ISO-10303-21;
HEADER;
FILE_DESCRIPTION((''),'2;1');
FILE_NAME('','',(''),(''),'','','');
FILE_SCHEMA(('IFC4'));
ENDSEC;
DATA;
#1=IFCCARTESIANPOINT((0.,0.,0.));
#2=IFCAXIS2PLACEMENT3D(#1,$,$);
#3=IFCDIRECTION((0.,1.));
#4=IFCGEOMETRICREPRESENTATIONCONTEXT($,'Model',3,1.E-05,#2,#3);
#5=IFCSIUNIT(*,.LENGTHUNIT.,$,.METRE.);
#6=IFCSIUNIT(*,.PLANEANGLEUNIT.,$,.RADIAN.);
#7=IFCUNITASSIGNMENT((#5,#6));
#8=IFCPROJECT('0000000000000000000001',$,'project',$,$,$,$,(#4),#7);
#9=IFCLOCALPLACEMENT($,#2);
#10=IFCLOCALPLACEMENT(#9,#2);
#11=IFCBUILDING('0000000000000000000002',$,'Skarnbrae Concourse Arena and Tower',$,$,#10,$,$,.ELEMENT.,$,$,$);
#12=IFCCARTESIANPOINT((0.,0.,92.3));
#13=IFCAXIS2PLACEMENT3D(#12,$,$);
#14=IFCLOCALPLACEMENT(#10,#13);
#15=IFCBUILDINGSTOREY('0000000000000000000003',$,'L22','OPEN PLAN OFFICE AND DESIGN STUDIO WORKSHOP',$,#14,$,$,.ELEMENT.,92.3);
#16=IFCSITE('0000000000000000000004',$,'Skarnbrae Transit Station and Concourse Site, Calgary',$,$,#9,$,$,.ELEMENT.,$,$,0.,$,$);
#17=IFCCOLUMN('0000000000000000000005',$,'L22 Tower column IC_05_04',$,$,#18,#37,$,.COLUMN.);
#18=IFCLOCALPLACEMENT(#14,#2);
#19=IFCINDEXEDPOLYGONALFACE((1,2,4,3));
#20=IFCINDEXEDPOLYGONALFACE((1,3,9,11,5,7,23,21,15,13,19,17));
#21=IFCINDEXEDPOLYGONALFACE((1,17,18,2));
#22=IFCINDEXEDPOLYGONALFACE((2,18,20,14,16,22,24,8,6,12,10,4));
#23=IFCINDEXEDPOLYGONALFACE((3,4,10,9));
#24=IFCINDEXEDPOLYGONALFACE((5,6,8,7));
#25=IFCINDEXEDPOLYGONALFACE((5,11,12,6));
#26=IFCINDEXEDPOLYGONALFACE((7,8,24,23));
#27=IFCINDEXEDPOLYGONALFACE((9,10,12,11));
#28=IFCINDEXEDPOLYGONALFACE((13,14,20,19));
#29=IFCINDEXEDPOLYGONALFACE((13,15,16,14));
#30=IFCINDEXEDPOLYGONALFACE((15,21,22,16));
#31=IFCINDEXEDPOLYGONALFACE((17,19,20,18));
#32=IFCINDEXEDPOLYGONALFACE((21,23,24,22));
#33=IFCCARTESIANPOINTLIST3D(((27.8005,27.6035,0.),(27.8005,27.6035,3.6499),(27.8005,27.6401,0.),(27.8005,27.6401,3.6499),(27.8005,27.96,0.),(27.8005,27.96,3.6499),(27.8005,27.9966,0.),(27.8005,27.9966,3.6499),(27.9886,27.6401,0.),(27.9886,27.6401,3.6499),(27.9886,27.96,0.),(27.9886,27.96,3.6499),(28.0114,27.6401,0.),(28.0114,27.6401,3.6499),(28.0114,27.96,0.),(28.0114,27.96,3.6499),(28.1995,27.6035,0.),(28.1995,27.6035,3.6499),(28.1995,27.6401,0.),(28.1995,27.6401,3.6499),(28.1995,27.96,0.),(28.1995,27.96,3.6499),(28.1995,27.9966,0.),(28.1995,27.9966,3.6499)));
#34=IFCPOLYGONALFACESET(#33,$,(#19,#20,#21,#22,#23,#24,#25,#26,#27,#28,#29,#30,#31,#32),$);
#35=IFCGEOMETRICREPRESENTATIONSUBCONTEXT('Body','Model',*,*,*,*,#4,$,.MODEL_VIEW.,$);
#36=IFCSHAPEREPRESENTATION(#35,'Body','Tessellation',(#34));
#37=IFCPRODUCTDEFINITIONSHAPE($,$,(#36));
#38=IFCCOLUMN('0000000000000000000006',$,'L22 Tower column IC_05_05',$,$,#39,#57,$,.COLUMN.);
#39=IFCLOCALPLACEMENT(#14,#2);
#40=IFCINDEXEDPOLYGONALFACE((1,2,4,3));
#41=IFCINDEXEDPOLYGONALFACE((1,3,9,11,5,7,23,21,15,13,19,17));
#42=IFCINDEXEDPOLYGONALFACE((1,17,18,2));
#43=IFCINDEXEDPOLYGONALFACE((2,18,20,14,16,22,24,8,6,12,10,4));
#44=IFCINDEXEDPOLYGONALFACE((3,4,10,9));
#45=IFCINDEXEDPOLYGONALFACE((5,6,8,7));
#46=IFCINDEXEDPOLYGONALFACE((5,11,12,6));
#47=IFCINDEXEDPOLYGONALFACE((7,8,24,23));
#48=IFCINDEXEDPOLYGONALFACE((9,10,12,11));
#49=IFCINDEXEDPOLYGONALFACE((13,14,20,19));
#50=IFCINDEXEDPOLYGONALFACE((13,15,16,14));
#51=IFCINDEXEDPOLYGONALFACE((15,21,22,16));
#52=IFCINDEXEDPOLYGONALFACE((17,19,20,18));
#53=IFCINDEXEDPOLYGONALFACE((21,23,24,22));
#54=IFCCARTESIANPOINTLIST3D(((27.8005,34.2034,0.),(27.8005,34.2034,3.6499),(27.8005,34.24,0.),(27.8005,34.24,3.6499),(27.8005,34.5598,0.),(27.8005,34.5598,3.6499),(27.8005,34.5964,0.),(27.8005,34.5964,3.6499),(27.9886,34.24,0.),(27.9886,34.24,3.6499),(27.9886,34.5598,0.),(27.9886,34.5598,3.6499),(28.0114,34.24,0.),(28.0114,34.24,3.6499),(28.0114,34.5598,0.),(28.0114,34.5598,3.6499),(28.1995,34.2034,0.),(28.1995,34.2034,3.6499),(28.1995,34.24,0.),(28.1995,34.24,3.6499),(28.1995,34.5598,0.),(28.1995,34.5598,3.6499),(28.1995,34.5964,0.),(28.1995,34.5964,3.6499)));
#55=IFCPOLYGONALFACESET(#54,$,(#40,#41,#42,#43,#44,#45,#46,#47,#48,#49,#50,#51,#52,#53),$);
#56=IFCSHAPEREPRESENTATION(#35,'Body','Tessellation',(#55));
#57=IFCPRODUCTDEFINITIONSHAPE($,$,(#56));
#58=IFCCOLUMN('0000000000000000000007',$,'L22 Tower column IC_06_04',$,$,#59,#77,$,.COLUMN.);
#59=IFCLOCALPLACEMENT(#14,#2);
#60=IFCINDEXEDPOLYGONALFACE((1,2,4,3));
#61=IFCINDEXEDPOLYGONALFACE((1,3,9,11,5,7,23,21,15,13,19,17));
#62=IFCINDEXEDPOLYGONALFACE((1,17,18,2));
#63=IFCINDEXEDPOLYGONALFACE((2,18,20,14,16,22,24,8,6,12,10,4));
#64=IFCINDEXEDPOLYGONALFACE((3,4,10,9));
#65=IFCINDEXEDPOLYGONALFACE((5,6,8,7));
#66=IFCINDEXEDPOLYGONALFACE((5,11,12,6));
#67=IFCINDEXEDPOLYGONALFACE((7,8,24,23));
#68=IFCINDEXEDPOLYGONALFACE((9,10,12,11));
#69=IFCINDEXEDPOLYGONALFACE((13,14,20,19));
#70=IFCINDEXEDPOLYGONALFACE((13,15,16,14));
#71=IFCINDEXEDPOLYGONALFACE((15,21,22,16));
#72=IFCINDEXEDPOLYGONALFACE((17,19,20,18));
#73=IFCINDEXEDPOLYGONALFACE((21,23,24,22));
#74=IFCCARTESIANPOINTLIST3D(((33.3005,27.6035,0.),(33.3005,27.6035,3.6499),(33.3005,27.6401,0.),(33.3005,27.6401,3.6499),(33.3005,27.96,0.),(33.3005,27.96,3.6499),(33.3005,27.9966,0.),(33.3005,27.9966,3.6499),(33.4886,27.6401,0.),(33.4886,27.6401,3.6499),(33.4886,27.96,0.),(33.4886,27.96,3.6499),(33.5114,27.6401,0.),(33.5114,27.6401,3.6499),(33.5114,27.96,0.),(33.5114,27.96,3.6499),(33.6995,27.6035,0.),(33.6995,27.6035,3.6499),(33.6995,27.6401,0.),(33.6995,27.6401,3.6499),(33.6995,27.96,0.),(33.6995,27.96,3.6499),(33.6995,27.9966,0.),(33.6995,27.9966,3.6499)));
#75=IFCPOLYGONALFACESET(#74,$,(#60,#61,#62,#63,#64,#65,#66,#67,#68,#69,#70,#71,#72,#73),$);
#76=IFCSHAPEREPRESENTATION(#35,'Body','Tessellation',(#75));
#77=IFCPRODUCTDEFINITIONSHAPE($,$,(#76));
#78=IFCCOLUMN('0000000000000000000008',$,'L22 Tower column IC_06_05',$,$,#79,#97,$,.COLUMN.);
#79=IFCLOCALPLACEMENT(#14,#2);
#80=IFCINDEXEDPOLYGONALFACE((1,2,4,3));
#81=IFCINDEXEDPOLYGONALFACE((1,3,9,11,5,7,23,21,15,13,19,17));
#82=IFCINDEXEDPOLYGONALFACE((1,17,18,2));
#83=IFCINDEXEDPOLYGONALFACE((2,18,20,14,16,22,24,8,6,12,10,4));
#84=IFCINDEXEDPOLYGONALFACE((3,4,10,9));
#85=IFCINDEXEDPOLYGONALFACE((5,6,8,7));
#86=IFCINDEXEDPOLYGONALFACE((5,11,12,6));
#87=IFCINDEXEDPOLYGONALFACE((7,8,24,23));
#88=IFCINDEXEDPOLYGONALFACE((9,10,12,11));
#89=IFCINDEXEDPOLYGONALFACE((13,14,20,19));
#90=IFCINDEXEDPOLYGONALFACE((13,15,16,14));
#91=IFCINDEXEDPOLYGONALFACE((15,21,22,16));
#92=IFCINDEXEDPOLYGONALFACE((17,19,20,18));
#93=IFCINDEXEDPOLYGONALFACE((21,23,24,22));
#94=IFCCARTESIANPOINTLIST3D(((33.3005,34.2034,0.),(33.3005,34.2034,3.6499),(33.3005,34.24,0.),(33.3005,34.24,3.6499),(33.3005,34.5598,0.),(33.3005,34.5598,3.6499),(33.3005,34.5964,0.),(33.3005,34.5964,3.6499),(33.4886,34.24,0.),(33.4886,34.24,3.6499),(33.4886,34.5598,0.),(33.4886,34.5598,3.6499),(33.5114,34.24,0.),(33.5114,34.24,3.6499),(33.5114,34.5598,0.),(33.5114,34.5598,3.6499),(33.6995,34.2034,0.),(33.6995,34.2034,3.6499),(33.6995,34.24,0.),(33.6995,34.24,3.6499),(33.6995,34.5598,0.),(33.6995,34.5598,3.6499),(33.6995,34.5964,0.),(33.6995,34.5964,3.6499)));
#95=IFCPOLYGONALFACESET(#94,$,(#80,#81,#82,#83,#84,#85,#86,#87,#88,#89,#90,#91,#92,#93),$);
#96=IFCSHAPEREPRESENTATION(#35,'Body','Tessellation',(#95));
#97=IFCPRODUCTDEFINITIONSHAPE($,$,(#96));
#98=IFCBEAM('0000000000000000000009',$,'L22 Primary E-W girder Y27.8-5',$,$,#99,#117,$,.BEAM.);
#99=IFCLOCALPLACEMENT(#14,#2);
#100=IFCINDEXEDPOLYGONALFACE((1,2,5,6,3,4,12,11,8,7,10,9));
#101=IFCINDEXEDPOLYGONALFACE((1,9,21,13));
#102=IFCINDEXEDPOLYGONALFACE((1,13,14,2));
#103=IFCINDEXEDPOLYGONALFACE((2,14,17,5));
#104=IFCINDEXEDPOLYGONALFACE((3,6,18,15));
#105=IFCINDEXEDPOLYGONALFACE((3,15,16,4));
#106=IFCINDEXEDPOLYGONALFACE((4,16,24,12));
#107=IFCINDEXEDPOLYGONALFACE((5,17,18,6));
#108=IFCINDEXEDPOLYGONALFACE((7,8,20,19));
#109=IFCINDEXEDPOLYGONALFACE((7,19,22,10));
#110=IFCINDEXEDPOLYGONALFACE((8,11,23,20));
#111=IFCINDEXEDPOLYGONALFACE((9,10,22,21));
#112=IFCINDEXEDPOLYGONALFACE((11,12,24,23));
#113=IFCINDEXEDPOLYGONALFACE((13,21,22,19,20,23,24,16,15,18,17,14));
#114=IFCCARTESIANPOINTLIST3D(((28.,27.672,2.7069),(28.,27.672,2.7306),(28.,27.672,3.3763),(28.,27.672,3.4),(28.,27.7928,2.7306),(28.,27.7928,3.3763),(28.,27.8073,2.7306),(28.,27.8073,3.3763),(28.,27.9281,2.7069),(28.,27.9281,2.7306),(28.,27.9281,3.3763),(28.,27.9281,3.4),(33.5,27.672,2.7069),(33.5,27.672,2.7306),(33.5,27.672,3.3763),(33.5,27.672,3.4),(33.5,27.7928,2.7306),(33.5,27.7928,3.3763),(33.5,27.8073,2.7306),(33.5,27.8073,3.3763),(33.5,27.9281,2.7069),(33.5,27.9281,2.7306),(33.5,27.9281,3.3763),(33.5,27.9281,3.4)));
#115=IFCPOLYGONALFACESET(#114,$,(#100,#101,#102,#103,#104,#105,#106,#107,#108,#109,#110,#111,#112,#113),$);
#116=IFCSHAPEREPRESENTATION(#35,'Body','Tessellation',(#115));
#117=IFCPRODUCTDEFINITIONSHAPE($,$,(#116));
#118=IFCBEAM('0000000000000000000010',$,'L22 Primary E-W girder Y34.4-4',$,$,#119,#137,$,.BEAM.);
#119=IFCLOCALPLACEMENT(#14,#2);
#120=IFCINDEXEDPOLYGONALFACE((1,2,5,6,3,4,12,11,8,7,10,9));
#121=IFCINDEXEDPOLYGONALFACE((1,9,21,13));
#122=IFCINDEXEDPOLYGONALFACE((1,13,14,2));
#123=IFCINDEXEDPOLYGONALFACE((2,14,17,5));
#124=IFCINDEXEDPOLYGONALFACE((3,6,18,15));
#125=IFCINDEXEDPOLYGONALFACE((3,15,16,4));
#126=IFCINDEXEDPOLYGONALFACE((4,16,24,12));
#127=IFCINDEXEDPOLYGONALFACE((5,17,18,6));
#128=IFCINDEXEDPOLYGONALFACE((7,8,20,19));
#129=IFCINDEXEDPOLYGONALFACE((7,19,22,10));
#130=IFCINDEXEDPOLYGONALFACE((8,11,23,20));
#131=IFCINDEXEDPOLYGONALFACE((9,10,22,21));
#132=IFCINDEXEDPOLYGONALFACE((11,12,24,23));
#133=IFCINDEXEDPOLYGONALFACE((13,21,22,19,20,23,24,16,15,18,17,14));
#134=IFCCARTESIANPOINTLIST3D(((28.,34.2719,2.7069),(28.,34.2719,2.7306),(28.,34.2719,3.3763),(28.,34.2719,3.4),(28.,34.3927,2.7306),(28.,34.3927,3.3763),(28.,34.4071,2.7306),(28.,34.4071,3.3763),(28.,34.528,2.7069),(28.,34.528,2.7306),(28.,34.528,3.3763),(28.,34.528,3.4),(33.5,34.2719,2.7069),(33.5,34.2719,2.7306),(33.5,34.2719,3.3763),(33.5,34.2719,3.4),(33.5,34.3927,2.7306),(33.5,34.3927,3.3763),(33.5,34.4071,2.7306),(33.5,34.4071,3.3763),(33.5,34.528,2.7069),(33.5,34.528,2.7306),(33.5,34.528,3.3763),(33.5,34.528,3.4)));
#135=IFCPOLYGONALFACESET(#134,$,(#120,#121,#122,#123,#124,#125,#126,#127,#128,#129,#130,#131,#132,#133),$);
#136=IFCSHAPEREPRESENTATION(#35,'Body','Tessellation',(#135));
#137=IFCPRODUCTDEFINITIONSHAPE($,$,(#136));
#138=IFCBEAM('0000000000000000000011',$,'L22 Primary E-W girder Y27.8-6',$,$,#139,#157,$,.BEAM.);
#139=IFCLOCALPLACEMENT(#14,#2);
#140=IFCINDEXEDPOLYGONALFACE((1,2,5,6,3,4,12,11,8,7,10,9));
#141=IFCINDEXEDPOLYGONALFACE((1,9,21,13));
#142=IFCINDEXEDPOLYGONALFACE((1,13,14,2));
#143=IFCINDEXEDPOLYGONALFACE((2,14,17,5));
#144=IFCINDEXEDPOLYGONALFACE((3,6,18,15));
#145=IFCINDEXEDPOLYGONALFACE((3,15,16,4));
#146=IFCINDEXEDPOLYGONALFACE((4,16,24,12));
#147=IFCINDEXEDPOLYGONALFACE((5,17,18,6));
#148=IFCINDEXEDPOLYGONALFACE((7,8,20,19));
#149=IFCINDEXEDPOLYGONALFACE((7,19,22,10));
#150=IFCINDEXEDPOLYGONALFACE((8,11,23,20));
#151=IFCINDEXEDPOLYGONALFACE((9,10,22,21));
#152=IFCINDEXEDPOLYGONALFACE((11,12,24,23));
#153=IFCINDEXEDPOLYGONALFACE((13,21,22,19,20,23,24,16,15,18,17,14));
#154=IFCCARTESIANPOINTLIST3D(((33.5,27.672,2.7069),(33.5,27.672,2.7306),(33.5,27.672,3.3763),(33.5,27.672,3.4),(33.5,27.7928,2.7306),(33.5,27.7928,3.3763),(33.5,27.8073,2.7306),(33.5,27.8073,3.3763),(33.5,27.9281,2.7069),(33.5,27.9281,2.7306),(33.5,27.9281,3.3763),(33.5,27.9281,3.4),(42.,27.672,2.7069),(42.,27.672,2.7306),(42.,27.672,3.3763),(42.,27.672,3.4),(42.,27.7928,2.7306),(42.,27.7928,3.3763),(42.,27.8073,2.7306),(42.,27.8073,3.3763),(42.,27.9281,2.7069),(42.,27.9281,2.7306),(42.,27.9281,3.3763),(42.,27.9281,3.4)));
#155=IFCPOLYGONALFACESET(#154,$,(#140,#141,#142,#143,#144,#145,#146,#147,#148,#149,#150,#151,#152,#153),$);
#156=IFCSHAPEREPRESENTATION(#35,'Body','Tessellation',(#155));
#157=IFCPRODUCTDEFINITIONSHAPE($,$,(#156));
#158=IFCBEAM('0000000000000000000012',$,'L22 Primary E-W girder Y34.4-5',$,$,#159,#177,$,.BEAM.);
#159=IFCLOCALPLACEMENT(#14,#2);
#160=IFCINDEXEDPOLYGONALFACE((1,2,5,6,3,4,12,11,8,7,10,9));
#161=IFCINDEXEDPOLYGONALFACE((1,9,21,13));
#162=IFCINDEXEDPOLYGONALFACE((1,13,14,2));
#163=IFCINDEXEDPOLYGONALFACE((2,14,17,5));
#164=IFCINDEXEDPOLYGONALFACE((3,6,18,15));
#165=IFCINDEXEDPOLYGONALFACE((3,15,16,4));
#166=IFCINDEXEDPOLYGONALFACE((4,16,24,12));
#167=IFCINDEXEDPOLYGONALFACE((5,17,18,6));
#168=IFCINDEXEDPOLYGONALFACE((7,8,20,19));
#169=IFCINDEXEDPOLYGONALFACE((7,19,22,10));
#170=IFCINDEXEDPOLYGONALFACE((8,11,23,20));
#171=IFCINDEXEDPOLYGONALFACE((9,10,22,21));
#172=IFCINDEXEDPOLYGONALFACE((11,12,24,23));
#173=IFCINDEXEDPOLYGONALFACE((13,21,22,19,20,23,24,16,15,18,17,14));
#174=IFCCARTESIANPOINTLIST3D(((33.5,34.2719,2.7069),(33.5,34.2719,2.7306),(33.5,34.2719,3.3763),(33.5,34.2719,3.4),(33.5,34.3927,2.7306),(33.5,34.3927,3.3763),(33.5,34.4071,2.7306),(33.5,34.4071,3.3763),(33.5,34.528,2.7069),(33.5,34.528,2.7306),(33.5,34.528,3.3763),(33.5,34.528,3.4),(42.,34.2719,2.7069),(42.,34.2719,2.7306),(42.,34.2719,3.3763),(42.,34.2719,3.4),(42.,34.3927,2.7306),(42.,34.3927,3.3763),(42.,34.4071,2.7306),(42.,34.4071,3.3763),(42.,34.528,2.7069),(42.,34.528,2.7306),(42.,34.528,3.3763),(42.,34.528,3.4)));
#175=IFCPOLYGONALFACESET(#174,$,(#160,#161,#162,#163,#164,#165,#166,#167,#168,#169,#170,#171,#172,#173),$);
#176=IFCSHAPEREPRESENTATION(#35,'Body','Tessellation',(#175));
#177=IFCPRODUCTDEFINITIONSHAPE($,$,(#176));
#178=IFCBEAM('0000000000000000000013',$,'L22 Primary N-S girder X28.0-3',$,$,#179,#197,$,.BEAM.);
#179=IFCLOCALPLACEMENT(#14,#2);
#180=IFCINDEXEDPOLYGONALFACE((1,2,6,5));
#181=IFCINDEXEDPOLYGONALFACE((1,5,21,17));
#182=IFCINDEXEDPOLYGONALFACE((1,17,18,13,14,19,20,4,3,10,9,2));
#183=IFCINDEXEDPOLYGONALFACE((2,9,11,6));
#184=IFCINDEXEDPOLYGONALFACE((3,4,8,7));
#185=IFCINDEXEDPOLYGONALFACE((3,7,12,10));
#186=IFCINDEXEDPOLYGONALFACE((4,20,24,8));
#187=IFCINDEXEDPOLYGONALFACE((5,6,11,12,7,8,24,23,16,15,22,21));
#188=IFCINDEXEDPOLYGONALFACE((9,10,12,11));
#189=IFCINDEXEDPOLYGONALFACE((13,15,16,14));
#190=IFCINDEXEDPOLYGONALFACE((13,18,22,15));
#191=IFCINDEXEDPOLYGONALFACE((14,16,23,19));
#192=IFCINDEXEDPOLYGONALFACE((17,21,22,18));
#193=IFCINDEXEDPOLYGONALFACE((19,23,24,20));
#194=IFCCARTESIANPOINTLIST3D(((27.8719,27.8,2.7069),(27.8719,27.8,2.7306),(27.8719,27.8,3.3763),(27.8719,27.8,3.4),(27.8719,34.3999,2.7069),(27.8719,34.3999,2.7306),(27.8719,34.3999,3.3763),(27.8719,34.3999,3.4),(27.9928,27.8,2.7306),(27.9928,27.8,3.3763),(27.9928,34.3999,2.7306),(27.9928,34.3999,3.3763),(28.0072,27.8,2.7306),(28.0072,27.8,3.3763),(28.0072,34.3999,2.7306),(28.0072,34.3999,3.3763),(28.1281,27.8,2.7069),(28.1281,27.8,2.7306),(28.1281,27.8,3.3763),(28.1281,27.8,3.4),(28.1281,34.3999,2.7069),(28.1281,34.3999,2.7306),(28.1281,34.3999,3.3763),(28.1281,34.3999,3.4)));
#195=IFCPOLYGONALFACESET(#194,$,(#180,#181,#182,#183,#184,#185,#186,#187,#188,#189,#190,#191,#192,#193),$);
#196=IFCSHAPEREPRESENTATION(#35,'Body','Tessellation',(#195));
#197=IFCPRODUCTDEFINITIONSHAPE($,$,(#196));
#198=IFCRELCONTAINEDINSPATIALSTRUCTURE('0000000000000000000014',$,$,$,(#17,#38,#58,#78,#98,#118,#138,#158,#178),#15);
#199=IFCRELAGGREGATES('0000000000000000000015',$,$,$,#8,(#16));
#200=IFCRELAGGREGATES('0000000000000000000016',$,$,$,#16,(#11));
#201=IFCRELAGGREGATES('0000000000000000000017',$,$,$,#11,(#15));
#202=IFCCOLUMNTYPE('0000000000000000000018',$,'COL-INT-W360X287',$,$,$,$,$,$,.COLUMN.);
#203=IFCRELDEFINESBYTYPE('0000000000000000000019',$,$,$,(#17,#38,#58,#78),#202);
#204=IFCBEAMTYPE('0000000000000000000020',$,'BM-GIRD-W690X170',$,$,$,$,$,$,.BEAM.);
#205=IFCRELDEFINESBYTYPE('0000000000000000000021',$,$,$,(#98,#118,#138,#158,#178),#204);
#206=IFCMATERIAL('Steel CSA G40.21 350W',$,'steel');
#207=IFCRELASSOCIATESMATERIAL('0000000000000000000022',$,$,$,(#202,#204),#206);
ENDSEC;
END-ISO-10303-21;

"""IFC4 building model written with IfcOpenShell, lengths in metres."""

from ifc_helpers import new_model, si_unit, direction, frame, origin, origin_2d, place, context, subcontext, project, spatial, i_section, extrude, source, transform, mapped, material, material_profile, profile_set, type_object, element, save


model = new_model("IFC4")

# Units and contexts
model_context = context("Model", 3, precision=1e-05, world=origin(), true_north=direction((0.0, 1.0)))
body_context = subcontext(model_context, "Body", "Model", "MODEL_VIEW")
ifc_project = project(units=[si_unit("LENGTHUNIT", "METRE"), si_unit("PLANEANGLEUNIT", "RADIAN")], contexts=[model_context])

# Site, building, storey
site_placement = place(None, origin())
site = spatial("IfcSite", under=ifc_project, at=site_placement, Name="Skarnbrae Transit Station and Concourse Site, Calgary", CompositionType="ELEMENT", RefElevation=0.0)
building_placement = place(site_placement, origin())
building = spatial("IfcBuilding", under=site, at=building_placement, Name="Skarnbrae Concourse Arena and Tower", CompositionType="ELEMENT")
storey_placement = place(building_placement, frame((0.0, 0.0, 92.3)))
storey = spatial("IfcBuildingStorey", under=building, at=storey_placement, Name="L22", Description="OPEN PLAN OFFICE AND DESIGN STUDIO WORKSHOP", CompositionType="ELEMENT", Elevation=92.3)

# Columns
ifc_material_1 = material(Name="Steel CSA G40.21 350W", Category="steel")
ifc_material_profile_1 = material_profile(ifc_material_1, i_section(OverallWidth=0.3989, OverallDepth=0.3931, WebThickness=0.0227, FlangeThickness=0.0366, at=origin_2d()), Name="W360X287")
ifc_profile_set_1 = profile_set([ifc_material_profile_1], Name="Steel CSA G40.21 350W")
column_type = type_object("IfcColumnType", Name="COL-INT-W360X287", PredefinedType="COLUMN", material=ifc_profile_set_1)
shared_shape_1 = source(origin(), body_context, "Body", "SweptSolid", [
    extrude(i_section(OverallWidth=0.3989, OverallDepth=0.3931, WebThickness=0.0227, FlangeThickness=0.0366, at=origin_2d()), origin(), (0.0, 0.0, 1.0), 3.6499),
])
for number, where, z_axis, x_axis, name in (
    (1, (28.0, 27.8, 0.0), (0.0, 0.0, 1.0), (1.0, 0.0, 0.0), "L22 Tower column IC_05_04"),
    (2, (28.0, 34.3999, 0.0), (0.0, 0.0, 1.0), (1.0, 0.0, 0.0), "L22 Tower column IC_05_05"),
    (3, (33.5, 27.8, 0.0), (0.0, 0.0, 1.0), (1.0, 0.0, 0.0), "L22 Tower column IC_06_04"),
    (4, (33.5, 34.3999, 0.0), (0.0, 0.0, 1.0), (1.0, 0.0, 0.0), "L22 Tower column IC_06_05"),
):
    element("IfcColumn", number, at=place(storey_placement, frame(where, z_axis=z_axis, x_axis=x_axis)), inside=storey, type_object=column_type, Name=name, PredefinedType="COLUMN", context=body_context, shape_type="MappedRepresentation", body=[
        mapped(shared_shape_1, transform((0.0, 0.0, 0.0))),
    ])

# Beams
ifc_material_profile_2 = material_profile(ifc_material_1, i_section(OverallWidth=0.2561, OverallDepth=0.6931, WebThickness=0.0144, FlangeThickness=0.0237, at=origin_2d()), Name="W690X170")
ifc_profile_set_2 = profile_set([ifc_material_profile_2], Name="Steel CSA G40.21 350W")
beam_type_1 = type_object("IfcBeamType", Name="BM-GIRD-W690X170", PredefinedType="BEAM", material=ifc_profile_set_2)
shared_shape_2 = source(origin(), body_context, "Body", "SweptSolid", [
    extrude(i_section(OverallWidth=0.2561, OverallDepth=0.6931, WebThickness=0.0144, FlangeThickness=0.0237, at=origin_2d()), origin(), (0.0, 0.0, 1.0), 5.5),
])
for number, where, z_axis, x_axis, name in (
    (5, (28.0, 27.8, 3.0535), (1.0, 0.0, 0.0), (0.0, 1.0, 0.0), "L22 Primary E-W girder Y27.8-5"),
    (6, (28.0, 34.3999, 3.0535), (1.0, 0.0, 0.0), (0.0, 1.0, 0.0), "L22 Primary E-W girder Y34.4-4"),
):
    element("IfcBeam", number, at=place(storey_placement, frame(where, z_axis=z_axis, x_axis=x_axis)), inside=storey, type_object=beam_type_1, Name=name, PredefinedType="BEAM", context=body_context, shape_type="MappedRepresentation", body=[
        mapped(shared_shape_2, transform((0.0, 0.0, 0.0))),
    ])
shared_shape_3 = source(origin(), body_context, "Body", "SweptSolid", [
    extrude(i_section(OverallWidth=0.2561, OverallDepth=0.6931, WebThickness=0.0144, FlangeThickness=0.0237, at=origin_2d()), origin(), (0.0, 0.0, 1.0), 8.5),
])
for number, where, z_axis, x_axis, name in (
    (7, (33.5, 27.8, 3.0535), (1.0, 0.0, 0.0), (0.0, 1.0, 0.0), "L22 Primary E-W girder Y27.8-6"),
    (8, (33.5, 34.3999, 3.0535), (1.0, 0.0, 0.0), (0.0, 1.0, 0.0), "L22 Primary E-W girder Y34.4-5"),
):
    element("IfcBeam", number, at=place(storey_placement, frame(where, z_axis=z_axis, x_axis=x_axis)), inside=storey, type_object=beam_type_1, Name=name, PredefinedType="BEAM", context=body_context, shape_type="MappedRepresentation", body=[
        mapped(shared_shape_3, transform((0.0, 0.0, 0.0))),
    ])
shared_shape_4 = source(origin(), body_context, "Body", "SweptSolid", [
    extrude(i_section(OverallWidth=0.2561, OverallDepth=0.6931, WebThickness=0.0144, FlangeThickness=0.0237, at=origin_2d()), origin(), (0.0, 0.0, 1.0), 6.5999),
])
for number, where, z_axis, x_axis, name in (
    (9, (28.0, 27.8, 3.0535), (0.0, 1.0, 0.0), (-1.0, 0.0, 0.0), "L22 Primary N-S girder X28.0-3"),
):
    element("IfcBeam", number, at=place(storey_placement, frame(where, z_axis=z_axis, x_axis=x_axis)), inside=storey, type_object=beam_type_1, Name=name, PredefinedType="BEAM", context=body_context, shape_type="MappedRepresentation", body=[
        mapped(shared_shape_4, transform((0.0, 0.0, 0.0))),
    ])

save(model, "model.ifc")
